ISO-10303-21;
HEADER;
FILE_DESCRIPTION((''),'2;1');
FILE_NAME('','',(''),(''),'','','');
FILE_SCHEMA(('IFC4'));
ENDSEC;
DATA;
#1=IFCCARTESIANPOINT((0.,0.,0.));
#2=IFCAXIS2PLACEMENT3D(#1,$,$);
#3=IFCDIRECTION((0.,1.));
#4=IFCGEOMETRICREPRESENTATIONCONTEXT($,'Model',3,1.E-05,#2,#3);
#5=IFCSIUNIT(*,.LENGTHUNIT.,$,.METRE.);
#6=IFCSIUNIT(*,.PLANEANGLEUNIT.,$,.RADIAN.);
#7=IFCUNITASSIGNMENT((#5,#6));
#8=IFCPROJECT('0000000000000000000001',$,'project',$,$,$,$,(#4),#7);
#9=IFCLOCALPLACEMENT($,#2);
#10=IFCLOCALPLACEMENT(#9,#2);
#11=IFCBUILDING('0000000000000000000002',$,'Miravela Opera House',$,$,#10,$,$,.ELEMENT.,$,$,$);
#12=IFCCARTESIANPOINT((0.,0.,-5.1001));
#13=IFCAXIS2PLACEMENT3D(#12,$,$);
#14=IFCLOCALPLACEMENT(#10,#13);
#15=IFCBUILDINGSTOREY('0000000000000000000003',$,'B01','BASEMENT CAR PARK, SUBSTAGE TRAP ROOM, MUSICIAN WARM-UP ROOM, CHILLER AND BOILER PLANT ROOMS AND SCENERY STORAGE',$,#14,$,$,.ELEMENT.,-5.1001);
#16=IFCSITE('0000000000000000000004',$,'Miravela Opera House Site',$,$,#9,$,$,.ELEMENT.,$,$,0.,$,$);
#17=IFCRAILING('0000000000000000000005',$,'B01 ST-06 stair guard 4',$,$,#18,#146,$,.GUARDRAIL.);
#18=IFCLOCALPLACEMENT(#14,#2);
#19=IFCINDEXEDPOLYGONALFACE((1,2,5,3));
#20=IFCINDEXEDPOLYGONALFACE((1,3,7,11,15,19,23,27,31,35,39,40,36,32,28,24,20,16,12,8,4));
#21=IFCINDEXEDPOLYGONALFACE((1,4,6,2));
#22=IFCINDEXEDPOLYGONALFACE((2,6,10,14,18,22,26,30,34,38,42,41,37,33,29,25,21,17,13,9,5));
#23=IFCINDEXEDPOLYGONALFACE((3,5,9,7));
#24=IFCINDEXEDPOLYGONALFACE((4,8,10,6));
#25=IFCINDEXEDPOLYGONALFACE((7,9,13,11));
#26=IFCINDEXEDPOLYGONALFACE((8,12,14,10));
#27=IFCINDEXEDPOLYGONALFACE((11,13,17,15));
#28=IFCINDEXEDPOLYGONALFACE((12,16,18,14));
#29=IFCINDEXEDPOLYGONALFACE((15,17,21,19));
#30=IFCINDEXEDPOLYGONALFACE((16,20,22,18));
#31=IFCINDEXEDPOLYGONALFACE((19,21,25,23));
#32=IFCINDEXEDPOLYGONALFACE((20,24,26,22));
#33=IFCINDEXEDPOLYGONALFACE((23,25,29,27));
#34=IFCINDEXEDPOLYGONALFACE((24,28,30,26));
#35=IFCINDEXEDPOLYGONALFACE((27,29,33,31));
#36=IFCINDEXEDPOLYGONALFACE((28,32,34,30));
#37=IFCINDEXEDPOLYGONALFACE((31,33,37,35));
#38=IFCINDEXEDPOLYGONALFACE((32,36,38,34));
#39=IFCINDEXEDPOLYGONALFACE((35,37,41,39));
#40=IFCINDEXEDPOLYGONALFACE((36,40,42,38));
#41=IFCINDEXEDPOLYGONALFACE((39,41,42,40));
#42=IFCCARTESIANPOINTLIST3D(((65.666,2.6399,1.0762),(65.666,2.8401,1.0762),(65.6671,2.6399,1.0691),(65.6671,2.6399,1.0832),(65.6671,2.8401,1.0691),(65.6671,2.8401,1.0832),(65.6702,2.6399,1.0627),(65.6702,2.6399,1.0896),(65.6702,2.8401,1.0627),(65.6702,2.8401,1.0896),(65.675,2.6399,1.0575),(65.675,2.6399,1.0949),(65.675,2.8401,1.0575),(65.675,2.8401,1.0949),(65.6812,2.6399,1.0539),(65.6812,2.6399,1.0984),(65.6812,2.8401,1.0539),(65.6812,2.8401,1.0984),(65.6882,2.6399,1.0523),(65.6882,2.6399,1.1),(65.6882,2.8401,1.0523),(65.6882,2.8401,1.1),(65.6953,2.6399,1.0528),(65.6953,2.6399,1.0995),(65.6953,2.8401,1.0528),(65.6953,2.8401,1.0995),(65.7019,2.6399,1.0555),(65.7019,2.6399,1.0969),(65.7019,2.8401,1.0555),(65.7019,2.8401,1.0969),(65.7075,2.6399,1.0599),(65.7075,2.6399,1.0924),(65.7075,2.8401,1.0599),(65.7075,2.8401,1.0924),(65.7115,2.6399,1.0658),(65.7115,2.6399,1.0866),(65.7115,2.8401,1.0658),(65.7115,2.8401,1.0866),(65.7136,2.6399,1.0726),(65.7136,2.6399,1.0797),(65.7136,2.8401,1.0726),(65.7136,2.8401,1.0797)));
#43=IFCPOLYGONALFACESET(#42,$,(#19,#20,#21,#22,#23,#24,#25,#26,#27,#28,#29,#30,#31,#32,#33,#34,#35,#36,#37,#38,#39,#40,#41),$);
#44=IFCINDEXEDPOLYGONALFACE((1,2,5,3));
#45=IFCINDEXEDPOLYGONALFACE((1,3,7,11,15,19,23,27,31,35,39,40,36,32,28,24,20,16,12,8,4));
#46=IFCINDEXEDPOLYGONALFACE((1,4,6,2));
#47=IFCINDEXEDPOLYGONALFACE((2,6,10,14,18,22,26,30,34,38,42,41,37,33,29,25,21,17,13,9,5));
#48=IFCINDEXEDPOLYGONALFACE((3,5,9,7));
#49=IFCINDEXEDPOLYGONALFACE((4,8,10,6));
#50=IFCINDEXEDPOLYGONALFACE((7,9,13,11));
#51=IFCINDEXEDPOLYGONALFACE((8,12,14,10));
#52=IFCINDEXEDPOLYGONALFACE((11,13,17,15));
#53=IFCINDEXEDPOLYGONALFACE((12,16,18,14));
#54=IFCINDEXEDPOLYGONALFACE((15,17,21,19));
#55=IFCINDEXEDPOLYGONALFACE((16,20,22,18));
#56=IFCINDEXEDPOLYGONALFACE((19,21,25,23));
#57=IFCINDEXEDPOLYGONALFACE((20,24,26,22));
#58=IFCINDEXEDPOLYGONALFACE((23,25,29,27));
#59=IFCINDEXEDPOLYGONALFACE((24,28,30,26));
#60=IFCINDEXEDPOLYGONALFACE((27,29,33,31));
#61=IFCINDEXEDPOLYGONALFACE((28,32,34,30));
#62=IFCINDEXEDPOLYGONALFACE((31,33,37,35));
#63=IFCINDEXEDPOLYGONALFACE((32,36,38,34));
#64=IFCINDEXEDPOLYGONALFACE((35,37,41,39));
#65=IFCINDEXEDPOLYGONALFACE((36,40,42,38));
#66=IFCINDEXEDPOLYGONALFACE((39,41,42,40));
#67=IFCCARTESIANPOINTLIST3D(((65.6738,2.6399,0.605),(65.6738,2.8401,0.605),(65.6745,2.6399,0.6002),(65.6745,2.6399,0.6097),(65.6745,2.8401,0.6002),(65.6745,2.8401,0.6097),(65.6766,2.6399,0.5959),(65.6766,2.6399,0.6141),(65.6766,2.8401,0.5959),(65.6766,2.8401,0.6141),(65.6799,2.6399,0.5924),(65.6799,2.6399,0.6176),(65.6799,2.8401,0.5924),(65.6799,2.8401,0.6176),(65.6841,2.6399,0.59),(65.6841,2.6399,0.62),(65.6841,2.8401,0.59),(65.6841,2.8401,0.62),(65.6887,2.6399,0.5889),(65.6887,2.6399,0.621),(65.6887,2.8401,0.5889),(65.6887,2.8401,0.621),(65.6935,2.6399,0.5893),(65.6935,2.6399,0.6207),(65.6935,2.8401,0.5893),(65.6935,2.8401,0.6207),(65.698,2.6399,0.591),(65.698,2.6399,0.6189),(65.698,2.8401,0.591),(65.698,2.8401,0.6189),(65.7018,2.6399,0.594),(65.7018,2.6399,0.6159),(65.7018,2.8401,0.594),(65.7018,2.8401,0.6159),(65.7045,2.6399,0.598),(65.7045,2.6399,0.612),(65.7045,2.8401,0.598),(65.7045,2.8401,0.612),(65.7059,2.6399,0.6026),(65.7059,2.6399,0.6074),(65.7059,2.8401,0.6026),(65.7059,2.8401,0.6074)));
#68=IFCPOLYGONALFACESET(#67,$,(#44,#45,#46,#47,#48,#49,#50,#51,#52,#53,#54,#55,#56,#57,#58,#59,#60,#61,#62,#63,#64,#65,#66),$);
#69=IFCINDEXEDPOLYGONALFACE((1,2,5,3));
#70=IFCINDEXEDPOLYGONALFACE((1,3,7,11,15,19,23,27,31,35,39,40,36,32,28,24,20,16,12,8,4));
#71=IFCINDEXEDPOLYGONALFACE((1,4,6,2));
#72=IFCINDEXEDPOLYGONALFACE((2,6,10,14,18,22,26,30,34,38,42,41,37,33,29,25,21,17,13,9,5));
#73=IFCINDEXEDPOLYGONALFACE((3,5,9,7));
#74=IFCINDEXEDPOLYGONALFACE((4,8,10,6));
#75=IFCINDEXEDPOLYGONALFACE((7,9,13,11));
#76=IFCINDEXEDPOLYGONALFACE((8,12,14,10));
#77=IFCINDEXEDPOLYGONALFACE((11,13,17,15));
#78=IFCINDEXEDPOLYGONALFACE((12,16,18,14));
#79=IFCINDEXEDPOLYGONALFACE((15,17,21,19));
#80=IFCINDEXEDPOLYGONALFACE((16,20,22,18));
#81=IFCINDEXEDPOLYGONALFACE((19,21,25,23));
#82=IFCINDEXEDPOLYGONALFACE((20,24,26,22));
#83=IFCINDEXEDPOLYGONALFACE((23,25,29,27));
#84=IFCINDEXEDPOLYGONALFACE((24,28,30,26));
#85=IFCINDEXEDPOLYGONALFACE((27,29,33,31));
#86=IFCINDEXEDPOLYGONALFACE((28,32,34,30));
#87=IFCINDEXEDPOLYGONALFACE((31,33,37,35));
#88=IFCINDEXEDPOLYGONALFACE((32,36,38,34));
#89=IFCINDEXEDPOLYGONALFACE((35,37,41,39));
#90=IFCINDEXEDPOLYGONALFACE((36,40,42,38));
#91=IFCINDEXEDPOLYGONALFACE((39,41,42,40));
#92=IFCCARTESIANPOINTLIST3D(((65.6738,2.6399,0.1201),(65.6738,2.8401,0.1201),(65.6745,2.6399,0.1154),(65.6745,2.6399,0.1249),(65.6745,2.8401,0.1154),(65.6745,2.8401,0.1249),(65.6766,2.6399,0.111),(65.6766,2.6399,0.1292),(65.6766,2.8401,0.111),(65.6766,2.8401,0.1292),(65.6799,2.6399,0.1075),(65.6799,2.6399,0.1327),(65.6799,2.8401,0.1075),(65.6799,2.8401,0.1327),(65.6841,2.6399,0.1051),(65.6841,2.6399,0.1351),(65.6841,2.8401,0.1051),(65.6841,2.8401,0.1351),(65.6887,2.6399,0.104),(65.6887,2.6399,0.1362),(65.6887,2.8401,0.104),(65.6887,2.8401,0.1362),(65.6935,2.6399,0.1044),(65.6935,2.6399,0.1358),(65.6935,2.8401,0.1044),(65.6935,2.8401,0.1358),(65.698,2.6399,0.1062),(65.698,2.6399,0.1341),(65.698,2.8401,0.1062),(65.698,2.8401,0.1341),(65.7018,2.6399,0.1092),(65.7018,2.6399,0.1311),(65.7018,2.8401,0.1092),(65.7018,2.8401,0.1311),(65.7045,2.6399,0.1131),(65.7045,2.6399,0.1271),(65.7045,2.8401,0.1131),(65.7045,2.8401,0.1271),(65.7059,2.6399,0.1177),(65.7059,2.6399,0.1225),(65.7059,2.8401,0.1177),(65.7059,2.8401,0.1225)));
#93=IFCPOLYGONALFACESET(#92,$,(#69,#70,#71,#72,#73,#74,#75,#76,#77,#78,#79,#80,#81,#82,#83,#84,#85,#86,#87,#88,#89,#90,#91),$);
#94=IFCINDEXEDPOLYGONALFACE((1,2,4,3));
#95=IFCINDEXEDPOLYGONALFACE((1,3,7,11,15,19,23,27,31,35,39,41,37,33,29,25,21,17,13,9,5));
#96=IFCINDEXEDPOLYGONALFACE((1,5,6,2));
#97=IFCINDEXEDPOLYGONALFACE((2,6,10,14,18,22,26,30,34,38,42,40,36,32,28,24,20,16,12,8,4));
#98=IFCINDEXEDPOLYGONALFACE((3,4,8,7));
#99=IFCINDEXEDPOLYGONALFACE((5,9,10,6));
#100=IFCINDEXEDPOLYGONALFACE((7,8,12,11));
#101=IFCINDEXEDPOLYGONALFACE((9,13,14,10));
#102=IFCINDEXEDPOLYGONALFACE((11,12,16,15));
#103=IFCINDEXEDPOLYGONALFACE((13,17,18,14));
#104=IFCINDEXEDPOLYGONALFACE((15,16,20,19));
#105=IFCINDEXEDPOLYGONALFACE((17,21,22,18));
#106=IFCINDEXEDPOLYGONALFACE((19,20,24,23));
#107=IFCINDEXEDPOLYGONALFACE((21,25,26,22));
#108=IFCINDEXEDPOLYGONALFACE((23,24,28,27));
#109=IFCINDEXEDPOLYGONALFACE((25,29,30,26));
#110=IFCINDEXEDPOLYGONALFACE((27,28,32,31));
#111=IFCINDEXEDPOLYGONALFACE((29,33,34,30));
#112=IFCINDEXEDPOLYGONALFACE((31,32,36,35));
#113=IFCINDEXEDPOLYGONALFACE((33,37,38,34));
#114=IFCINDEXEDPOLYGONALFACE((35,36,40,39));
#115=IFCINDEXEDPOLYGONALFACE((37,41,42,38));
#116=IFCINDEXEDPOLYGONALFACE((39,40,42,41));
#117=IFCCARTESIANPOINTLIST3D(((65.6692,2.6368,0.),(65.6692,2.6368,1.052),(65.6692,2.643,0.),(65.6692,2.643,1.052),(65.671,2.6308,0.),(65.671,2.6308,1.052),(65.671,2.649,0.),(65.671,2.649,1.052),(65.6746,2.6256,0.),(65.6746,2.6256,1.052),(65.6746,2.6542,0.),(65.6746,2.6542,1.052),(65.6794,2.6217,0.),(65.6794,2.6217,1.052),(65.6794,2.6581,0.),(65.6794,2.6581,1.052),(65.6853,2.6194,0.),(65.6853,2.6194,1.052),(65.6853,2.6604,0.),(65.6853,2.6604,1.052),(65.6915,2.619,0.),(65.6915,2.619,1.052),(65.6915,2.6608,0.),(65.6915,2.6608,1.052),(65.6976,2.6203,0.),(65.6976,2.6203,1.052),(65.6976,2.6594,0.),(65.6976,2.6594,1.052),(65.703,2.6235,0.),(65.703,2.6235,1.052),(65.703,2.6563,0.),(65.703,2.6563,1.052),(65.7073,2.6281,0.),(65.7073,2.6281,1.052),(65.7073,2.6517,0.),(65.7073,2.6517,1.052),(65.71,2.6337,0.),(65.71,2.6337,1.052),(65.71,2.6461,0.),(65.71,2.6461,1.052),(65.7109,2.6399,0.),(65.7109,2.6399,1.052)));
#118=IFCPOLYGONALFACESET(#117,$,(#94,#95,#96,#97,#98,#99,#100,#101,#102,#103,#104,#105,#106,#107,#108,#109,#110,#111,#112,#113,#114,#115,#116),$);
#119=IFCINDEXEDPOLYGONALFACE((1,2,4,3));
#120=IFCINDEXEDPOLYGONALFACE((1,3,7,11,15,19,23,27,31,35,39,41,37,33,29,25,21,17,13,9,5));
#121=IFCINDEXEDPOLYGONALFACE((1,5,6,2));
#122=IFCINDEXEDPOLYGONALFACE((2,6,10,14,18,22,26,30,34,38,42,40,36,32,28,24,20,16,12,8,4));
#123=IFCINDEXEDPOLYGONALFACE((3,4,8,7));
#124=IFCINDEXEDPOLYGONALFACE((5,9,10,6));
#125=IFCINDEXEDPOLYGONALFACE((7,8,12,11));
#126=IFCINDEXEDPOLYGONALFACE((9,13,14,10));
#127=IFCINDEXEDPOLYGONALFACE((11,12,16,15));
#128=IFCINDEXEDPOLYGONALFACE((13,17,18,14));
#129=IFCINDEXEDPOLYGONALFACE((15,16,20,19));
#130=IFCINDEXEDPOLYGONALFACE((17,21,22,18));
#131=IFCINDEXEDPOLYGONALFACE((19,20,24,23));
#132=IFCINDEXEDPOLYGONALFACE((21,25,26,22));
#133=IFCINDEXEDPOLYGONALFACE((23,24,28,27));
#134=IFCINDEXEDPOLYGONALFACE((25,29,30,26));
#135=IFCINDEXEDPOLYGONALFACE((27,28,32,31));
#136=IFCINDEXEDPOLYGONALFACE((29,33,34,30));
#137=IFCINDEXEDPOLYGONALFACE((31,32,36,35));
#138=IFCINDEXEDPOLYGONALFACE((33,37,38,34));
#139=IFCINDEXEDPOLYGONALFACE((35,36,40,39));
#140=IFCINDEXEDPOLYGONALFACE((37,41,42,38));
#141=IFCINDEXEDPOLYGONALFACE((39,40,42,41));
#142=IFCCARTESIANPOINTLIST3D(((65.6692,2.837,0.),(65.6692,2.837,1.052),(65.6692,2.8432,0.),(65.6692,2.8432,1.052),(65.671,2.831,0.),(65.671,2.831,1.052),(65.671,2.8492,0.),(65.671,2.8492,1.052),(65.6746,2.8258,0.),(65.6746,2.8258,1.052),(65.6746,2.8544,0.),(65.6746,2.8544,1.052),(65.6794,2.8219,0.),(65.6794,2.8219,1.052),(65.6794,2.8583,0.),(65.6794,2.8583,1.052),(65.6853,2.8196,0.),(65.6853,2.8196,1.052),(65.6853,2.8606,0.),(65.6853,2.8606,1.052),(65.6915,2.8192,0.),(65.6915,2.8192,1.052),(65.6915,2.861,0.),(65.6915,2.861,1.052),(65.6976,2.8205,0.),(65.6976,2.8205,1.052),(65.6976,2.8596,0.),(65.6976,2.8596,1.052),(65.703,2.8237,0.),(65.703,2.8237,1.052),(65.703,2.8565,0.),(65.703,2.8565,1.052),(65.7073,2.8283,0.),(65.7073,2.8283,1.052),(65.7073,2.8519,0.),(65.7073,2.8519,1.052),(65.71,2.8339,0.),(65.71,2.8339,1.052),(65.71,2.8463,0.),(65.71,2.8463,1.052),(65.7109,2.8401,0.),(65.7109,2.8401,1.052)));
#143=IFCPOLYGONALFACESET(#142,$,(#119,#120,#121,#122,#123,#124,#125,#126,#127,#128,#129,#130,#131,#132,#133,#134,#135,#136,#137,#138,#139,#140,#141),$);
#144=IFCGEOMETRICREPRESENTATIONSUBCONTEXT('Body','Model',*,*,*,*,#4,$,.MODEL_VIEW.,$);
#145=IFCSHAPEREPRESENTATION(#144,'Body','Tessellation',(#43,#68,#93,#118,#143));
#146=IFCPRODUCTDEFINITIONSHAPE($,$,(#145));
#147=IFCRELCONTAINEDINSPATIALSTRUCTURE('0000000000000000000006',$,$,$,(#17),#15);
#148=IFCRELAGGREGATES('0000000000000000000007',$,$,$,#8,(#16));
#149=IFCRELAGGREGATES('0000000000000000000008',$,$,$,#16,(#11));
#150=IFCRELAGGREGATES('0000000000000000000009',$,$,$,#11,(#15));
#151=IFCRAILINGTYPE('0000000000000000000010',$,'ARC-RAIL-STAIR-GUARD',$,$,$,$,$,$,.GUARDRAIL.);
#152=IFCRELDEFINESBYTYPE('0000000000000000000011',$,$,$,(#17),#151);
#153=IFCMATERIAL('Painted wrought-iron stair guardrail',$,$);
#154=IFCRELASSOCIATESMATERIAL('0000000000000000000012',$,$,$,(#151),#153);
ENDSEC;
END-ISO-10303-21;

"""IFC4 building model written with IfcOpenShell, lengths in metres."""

from ifc_helpers import new_model, si_unit, direction, frame, origin, origin_2d, place, context, subcontext, project, spatial, circle, extrude, material, type_object, element, save


model = new_model("IFC4")

# Units and contexts
model_context = context("Model", 3, precision=1e-05, world=origin(), true_north=direction((0.0, 1.0)))
body_context = subcontext(model_context, "Body", "Model", "MODEL_VIEW")
ifc_project = project(units=[si_unit("LENGTHUNIT", "METRE"), si_unit("PLANEANGLEUNIT", "RADIAN")], contexts=[model_context])

# Site, building, storey
site_placement = place(None, origin())
site = spatial("IfcSite", under=ifc_project, at=site_placement, Name="Miravela Opera House Site", CompositionType="ELEMENT", RefElevation=0.0)
building_placement = place(site_placement, origin())
building = spatial("IfcBuilding", under=site, at=building_placement, Name="Miravela Opera House", CompositionType="ELEMENT")
storey_placement = place(building_placement, frame((0.0, 0.0, -5.1001)))
storey = spatial("IfcBuildingStorey", under=building, at=storey_placement, Name="B01", Description="BASEMENT CAR PARK, SUBSTAGE TRAP ROOM, MUSICIAN WARM-UP ROOM, CHILLER AND BOILER PLANT ROOMS AND SCENERY STORAGE", CompositionType="ELEMENT", Elevation=-5.1001)

# Railing
ifc_material_1 = material(Name="Painted wrought-iron stair guardrail")
railing_type_1 = type_object("IfcRailingType", Name="ARC-RAIL-STAIR-GUARD", PredefinedType="GUARDRAIL", material=ifc_material_1)
railing_1_placement = place(storey_placement, frame((65.6899, 2.6399, 0.0)))
element("IfcRailing", 1, at=railing_1_placement, inside=storey, type_object=railing_type_1, Name="B01 ST-06 stair guard 4", PredefinedType="GUARDRAIL", context=body_context, shape_type="SweptSolid", body=[
    extrude(circle(Radius=0.0239, at=origin_2d()), frame((0.0, 0.0, 1.0762), z_axis=(0.0, 1.0, 0.0), x_axis=(-1.0, 0.0, 0.0)), (0.0, 0.0, 1.0), 0.2002),
    extrude(circle(Radius=0.0161, at=origin_2d()), frame((0.0, 0.0, 0.605), z_axis=(0.0, 1.0, 0.0), x_axis=(-1.0, 0.0, 0.0)), (0.0, 0.0, 1.0), 0.2002),
    extrude(circle(Radius=0.0161, at=origin_2d()), frame((0.0, 0.0, 0.1201), z_axis=(0.0, 1.0, 0.0), x_axis=(-1.0, 0.0, 0.0)), (0.0, 0.0, 1.0), 0.2002),
    extrude(circle(Radius=0.021, at=origin_2d()), origin(), (0.0, 0.0, 1.0), 1.052),
    extrude(circle(Radius=0.021, at=origin_2d()), frame((0.0, 0.2002, 0.0)), (0.0, 0.0, 1.0), 1.052),
])

save(model, "model.ifc")
